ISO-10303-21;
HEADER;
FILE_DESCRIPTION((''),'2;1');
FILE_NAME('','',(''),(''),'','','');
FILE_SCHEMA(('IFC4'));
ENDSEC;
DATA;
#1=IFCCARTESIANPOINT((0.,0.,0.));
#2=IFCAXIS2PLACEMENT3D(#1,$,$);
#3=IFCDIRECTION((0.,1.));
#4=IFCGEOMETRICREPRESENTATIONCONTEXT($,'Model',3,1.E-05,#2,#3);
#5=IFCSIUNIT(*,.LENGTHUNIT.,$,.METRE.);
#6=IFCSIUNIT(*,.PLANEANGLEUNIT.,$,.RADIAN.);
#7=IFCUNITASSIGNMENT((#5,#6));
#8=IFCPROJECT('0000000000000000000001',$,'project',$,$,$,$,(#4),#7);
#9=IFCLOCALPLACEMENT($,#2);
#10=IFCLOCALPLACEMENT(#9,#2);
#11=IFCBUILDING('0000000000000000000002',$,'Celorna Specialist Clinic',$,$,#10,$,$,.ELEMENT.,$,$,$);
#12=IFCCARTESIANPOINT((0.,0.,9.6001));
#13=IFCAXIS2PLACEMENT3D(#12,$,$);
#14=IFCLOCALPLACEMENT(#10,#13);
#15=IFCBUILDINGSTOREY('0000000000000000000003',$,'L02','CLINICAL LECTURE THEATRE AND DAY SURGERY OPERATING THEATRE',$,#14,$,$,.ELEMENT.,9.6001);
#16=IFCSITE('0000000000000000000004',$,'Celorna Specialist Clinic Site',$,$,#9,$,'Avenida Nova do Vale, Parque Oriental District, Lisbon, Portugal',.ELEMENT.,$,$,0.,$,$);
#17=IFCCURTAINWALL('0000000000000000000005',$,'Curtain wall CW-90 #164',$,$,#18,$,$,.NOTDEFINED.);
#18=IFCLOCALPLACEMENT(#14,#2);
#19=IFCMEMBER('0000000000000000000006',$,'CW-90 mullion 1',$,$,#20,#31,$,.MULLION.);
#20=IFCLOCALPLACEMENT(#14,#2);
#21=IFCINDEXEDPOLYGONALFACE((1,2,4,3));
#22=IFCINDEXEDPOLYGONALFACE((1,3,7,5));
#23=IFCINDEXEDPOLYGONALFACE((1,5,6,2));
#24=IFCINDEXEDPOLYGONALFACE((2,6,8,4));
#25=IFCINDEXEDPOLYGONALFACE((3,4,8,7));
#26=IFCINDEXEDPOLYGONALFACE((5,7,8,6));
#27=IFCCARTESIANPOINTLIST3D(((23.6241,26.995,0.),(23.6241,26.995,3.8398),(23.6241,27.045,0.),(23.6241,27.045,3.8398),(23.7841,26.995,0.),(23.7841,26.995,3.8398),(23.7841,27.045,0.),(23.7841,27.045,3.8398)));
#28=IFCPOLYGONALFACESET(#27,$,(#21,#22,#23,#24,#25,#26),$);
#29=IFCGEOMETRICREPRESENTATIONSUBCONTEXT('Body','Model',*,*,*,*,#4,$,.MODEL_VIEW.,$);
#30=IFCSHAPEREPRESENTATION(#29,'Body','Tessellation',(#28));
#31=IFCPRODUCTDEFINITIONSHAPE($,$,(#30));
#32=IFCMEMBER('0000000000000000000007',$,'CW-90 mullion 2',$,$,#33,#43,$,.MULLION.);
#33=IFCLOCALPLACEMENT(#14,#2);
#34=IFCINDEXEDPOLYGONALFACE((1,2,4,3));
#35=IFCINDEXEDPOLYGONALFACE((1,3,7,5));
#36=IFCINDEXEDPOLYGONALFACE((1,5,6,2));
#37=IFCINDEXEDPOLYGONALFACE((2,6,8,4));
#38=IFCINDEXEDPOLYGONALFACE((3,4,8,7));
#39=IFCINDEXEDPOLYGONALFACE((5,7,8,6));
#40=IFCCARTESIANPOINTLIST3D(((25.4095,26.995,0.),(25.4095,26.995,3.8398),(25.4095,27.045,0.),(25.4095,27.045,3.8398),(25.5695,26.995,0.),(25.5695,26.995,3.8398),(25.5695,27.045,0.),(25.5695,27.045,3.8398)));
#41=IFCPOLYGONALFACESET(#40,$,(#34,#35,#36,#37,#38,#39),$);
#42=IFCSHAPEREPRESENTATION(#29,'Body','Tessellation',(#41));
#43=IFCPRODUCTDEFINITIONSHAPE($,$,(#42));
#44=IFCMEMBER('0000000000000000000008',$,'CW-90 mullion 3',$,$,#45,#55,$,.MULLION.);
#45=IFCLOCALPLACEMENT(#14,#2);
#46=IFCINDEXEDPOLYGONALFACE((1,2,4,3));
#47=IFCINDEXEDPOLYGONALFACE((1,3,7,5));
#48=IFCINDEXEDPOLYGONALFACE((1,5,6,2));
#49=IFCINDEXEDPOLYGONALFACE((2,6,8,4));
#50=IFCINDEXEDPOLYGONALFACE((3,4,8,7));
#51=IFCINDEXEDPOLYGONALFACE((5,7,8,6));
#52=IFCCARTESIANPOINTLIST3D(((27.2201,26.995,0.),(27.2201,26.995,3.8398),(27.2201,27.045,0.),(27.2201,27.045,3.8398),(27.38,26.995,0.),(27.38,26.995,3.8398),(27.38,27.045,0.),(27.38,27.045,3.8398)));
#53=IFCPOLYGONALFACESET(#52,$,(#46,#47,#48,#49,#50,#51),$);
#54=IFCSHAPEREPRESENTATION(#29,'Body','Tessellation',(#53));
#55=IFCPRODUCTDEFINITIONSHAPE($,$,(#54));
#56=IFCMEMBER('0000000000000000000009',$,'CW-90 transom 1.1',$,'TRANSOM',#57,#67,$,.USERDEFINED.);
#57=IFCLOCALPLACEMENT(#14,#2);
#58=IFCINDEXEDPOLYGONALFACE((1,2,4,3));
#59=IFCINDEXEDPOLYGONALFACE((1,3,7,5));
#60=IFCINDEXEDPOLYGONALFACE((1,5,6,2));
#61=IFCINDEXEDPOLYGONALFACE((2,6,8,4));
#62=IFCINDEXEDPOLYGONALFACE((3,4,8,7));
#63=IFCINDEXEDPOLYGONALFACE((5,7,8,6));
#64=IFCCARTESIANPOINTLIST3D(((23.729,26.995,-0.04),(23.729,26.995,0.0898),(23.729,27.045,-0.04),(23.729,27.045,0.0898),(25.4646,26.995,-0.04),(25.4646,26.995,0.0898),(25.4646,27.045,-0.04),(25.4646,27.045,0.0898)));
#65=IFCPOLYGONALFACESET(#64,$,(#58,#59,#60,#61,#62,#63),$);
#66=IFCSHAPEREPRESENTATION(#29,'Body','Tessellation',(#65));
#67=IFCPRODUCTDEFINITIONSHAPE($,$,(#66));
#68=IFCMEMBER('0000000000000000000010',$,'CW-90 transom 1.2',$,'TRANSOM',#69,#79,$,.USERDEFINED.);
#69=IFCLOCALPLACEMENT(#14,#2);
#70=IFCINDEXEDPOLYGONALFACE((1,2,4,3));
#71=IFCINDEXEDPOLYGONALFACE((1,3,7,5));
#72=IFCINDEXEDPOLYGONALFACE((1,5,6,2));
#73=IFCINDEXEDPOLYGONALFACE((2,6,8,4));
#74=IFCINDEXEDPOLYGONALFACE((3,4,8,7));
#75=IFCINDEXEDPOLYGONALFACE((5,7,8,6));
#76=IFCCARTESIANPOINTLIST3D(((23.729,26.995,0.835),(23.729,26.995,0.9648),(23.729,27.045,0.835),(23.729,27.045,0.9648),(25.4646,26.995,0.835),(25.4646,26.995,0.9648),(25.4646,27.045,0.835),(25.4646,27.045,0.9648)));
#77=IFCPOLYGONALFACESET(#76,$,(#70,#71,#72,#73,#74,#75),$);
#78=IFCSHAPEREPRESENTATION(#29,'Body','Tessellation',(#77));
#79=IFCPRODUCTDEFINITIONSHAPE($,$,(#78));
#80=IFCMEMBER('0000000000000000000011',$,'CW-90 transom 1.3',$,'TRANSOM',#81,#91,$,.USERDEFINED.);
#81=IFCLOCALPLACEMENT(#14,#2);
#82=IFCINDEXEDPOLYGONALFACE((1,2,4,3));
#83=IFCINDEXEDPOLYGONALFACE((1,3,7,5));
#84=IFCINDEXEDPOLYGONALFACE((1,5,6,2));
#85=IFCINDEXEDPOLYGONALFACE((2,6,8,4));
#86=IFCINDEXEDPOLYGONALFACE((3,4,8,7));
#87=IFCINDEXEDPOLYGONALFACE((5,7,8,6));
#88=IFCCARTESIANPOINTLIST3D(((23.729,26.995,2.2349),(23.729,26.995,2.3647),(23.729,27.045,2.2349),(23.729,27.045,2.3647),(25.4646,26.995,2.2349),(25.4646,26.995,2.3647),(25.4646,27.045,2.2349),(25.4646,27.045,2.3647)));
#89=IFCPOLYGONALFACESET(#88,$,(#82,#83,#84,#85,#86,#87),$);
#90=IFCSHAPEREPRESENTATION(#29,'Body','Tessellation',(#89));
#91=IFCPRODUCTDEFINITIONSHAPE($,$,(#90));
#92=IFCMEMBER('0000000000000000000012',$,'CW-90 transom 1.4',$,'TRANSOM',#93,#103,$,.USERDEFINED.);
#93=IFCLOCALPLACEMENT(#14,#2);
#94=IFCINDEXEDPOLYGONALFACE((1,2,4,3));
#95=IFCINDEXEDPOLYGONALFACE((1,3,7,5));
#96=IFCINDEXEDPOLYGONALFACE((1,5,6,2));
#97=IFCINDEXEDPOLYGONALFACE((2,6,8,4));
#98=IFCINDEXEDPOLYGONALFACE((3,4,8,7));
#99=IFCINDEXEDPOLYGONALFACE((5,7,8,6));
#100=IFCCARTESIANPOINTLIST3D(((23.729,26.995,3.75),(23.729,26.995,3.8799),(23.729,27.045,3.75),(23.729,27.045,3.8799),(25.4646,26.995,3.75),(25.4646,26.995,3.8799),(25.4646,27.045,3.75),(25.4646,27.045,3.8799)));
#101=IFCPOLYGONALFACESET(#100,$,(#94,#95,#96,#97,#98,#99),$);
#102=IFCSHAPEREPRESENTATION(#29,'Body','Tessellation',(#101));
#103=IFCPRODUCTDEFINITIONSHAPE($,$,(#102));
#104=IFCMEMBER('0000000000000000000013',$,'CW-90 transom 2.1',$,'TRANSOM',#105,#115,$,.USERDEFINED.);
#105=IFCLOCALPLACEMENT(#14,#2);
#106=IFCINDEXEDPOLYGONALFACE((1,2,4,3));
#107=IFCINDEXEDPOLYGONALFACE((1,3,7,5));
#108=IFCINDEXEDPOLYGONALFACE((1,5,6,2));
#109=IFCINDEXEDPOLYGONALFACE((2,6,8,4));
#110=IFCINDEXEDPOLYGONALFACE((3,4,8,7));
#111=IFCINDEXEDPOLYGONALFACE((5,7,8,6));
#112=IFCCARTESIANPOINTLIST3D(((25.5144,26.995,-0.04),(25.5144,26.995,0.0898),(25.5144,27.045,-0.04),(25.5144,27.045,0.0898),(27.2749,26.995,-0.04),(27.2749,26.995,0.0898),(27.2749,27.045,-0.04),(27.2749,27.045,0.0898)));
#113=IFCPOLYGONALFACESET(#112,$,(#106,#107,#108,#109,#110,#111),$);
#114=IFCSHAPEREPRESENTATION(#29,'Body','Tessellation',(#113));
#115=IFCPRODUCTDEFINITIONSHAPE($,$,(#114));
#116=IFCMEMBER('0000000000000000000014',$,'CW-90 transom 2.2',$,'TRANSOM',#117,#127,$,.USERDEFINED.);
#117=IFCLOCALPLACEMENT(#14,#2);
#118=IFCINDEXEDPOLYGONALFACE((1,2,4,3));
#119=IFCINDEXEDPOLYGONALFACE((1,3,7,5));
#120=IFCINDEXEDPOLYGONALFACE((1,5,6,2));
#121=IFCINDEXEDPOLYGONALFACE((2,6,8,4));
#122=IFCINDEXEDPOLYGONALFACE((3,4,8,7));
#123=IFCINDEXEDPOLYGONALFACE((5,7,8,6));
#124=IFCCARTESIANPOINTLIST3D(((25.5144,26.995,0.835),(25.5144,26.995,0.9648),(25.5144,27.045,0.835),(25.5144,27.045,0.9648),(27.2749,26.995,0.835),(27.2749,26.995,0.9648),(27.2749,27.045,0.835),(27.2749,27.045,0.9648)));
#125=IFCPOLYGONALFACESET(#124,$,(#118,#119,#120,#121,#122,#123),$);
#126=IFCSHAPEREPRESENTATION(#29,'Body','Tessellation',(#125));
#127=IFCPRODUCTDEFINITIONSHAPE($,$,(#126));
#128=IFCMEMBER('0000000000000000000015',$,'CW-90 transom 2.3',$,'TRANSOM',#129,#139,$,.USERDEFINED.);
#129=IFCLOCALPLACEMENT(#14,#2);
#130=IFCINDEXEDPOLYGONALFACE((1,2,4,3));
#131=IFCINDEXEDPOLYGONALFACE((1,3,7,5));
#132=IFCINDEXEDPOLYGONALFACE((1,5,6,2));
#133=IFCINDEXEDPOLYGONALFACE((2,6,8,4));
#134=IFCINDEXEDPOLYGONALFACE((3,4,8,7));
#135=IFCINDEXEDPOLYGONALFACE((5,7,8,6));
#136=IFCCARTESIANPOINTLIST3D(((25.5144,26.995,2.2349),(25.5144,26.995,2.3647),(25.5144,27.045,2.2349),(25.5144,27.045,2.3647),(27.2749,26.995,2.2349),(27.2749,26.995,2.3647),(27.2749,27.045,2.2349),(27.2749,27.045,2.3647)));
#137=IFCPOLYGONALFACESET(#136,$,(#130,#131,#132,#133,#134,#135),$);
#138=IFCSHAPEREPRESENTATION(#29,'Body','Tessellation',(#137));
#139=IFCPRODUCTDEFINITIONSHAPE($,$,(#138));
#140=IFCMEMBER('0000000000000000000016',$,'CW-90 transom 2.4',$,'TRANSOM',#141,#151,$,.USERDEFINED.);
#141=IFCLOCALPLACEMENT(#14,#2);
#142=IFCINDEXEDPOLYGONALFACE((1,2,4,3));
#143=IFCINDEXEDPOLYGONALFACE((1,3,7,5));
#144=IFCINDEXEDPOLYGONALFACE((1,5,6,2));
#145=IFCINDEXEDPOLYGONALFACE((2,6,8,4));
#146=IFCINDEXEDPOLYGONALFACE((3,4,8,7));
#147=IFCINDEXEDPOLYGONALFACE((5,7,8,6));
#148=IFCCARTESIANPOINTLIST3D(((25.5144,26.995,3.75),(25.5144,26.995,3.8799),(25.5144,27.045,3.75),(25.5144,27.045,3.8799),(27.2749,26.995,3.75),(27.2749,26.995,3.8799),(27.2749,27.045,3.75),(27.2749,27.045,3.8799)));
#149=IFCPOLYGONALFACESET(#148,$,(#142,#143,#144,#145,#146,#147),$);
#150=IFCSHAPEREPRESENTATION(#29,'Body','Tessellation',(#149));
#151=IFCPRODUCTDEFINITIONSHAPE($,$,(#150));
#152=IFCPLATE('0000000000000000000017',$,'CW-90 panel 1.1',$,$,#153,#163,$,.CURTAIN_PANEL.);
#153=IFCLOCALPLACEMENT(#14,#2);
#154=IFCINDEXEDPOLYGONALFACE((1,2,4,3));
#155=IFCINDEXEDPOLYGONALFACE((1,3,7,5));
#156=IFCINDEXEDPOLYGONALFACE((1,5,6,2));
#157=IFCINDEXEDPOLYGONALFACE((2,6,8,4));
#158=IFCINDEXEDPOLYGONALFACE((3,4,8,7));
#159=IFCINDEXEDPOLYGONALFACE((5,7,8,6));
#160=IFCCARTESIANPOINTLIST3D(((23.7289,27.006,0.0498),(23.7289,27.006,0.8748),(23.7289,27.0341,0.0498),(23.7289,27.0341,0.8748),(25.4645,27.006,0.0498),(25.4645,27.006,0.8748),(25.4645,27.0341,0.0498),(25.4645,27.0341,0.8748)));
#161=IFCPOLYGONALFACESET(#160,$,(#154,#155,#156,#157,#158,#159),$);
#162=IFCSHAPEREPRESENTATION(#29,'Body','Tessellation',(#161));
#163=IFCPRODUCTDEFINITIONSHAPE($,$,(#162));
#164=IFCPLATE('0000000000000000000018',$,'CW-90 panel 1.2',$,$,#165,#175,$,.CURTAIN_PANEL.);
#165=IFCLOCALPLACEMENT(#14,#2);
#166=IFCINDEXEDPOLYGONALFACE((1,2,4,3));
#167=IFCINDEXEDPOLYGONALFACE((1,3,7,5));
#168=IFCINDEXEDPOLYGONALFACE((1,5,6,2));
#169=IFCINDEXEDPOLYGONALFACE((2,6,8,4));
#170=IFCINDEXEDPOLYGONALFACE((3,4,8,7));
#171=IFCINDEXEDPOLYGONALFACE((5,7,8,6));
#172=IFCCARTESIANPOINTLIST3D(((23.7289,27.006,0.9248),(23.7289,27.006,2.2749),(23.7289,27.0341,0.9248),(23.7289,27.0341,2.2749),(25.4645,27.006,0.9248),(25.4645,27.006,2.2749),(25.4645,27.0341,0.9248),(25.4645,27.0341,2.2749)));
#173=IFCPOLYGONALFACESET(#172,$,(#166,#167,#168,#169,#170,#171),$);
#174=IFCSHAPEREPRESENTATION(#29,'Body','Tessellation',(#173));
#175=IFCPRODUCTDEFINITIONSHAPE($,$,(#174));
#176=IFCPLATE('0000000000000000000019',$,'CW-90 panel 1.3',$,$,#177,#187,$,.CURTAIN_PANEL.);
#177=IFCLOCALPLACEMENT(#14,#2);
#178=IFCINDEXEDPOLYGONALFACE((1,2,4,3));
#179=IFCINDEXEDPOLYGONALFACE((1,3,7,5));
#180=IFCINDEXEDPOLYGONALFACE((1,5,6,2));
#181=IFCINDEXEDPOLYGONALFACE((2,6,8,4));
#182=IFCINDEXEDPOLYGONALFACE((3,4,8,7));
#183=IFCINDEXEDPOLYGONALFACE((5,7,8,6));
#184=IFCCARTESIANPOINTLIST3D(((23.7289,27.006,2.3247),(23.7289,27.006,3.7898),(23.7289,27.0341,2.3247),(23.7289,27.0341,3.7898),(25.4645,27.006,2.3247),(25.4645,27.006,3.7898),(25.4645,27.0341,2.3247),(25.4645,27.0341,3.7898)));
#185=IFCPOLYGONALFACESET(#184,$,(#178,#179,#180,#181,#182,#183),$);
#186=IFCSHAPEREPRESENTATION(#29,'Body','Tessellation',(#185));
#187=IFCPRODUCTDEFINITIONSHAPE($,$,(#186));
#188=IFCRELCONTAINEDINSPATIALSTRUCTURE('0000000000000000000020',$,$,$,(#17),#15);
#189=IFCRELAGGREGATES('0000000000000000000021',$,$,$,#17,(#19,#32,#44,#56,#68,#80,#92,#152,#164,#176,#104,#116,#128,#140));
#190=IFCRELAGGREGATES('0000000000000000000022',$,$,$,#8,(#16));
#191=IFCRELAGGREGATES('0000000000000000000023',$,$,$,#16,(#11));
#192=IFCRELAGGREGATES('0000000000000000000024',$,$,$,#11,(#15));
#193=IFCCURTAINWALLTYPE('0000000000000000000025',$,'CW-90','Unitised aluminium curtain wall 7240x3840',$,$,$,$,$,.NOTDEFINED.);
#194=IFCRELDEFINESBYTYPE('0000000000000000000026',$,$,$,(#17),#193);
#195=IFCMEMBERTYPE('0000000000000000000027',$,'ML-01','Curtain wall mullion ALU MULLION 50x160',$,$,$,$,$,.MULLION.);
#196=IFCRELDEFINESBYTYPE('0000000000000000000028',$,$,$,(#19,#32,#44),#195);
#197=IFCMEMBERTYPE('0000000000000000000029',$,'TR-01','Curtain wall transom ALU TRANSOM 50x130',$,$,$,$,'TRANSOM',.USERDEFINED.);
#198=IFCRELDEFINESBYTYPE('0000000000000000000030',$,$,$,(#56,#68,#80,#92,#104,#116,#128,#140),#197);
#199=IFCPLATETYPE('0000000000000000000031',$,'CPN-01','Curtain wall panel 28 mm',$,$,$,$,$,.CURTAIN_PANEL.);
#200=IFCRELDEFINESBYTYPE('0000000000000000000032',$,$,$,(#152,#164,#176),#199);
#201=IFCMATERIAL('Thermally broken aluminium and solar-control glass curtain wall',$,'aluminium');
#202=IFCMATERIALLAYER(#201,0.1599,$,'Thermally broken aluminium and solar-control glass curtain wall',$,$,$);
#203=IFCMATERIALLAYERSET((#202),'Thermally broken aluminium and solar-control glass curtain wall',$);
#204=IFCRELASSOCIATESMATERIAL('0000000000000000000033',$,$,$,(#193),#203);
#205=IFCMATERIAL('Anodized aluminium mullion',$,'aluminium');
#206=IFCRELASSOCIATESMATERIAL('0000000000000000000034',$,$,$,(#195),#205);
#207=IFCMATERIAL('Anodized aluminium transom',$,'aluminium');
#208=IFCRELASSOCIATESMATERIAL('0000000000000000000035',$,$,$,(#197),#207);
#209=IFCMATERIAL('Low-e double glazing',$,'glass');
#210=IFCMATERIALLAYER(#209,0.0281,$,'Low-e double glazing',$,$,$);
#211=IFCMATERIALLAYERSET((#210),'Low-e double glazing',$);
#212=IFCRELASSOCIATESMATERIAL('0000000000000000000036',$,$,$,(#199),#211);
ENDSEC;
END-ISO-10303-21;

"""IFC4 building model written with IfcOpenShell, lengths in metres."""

from ifc_helpers import new_model, si_unit, direction, frame, origin, origin_2d, place, context, subcontext, project, spatial, rectangle, extrude, material, layer, layer_set, material_profile, profile_set, type_object, element, aggregate, save


model = new_model("IFC4")

# Units and contexts
model_context = context("Model", 3, precision=1e-05, world=origin(), true_north=direction((0.0, 1.0)))
body_context = subcontext(model_context, "Body", "Model", "MODEL_VIEW")
ifc_project = project(units=[si_unit("LENGTHUNIT", "METRE"), si_unit("PLANEANGLEUNIT", "RADIAN")], contexts=[model_context])

# Site, building, storey
site_placement = place(None, origin())
site = spatial("IfcSite", under=ifc_project, at=site_placement, Name="Celorna Specialist Clinic Site", LongName="Avenida Nova do Vale, Parque Oriental District, Lisbon, Portugal", CompositionType="ELEMENT", RefElevation=0.0)
building_placement = place(site_placement, origin())
building = spatial("IfcBuilding", under=site, at=building_placement, Name="Celorna Specialist Clinic", CompositionType="ELEMENT")
storey_placement = place(building_placement, frame((0.0, 0.0, 9.6001)))
storey = spatial("IfcBuildingStorey", under=building, at=storey_placement, Name="L02", Description="CLINICAL LECTURE THEATRE AND DAY SURGERY OPERATING THEATRE", CompositionType="ELEMENT", Elevation=9.6001)

# Curtain wall, members, plates
ifc_material_1 = material(Name="Thermally broken aluminium and solar-control glass curtain wall", Category="aluminium")
ifc_layer_1 = layer(ifc_material_1, 0.1599, Name="Thermally broken aluminium and solar-control glass curtain wall")
ifc_layer_set_1 = layer_set([ifc_layer_1], Name="Thermally broken aluminium and solar-control glass curtain wall")
curtain_wall_type = type_object("IfcCurtainWallType", Name="CW-90", Description="Unitised aluminium curtain wall 7240x3840", PredefinedType="NOTDEFINED", material=ifc_layer_set_1)
curtain_wall_placement = place(storey_placement, origin())
curtain_wall = element("IfcCurtainWall", 1, at=curtain_wall_placement, inside=storey, type_object=curtain_wall_type, Name="Curtain wall CW-90 #164", PredefinedType="NOTDEFINED")
ifc_material_2 = material(Name="Anodized aluminium mullion", Category="aluminium")
ifc_material_profile_1 = material_profile(ifc_material_2, rectangle(XDim=0.05, YDim=0.1599, at=origin_2d()), Name="ALU MULLION 50x160")
ifc_profile_set_1 = profile_set([ifc_material_profile_1], Name="Anodized aluminium mullion")
member_type_1 = type_object("IfcMemberType", Name="ML-01", Description="Curtain wall mullion ALU MULLION 50x160", PredefinedType="MULLION", material=ifc_profile_set_1)
member_1_placement = place(storey_placement, frame((23.7041, 27.02, 0.0), z_axis=(0.0, 0.0, 1.0), x_axis=(0.0, 1.0, 0.0)))
member_1 = element("IfcMember", 2, at=member_1_placement, type_object=member_type_1, Name="CW-90 mullion 1", PredefinedType="MULLION", context=body_context, shape_type="SweptSolid", body=[
    extrude(rectangle(XDim=0.05, YDim=0.1599, at=origin_2d()), origin(), (0.0, 0.0, 1.0), 3.8398),
])
member_2_placement = place(storey_placement, frame((25.4895, 27.02, 0.0), z_axis=(0.0, 0.0, 1.0), x_axis=(0.0, 1.0, 0.0)))
member_2 = element("IfcMember", 3, at=member_2_placement, type_object=member_type_1, Name="CW-90 mullion 2", PredefinedType="MULLION", context=body_context, shape_type="SweptSolid", body=[
    extrude(rectangle(XDim=0.05, YDim=0.1599, at=origin_2d()), origin(), (0.0, 0.0, 1.0), 3.8398),
])
member_3_placement = place(storey_placement, frame((27.3, 27.02, 0.0), z_axis=(0.0, 0.0, 1.0), x_axis=(0.0, 1.0, 0.0)))
member_3 = element("IfcMember", 4, at=member_3_placement, type_object=member_type_1, Name="CW-90 mullion 3", PredefinedType="MULLION", context=body_context, shape_type="SweptSolid", body=[
    extrude(rectangle(XDim=0.05, YDim=0.1599, at=origin_2d()), origin(), (0.0, 0.0, 1.0), 3.8398),
])
ifc_material_3 = material(Name="Anodized aluminium transom", Category="aluminium")
ifc_material_profile_2 = material_profile(ifc_material_3, rectangle(XDim=0.05, YDim=0.1299, at=origin_2d()), Name="ALU TRANSOM 50x130")
ifc_profile_set_2 = profile_set([ifc_material_profile_2], Name="Anodized aluminium transom")
member_type_2 = type_object("IfcMemberType", Name="TR-01", Description="Curtain wall transom ALU TRANSOM 50x130", ElementType="TRANSOM", PredefinedType="USERDEFINED", material=ifc_profile_set_2)
member_4_placement = place(storey_placement, frame((23.729, 27.02, 0.0249), z_axis=(1.0, 0.0, 0.0), x_axis=(0.0, 1.0, 0.0)))
member_4 = element("IfcMember", 5, at=member_4_placement, type_object=member_type_2, Name="CW-90 transom 1.1", ObjectType="TRANSOM", PredefinedType="USERDEFINED", context=body_context, shape_type="SweptSolid", body=[
    extrude(rectangle(XDim=0.05, YDim=0.1299, at=origin_2d()), origin(), (0.0, 0.0, 1.0), 1.7356),
])
member_5_placement = place(storey_placement, frame((23.729, 27.02, 0.8999), z_axis=(1.0, 0.0, 0.0), x_axis=(0.0, 1.0, 0.0)))
member_5 = element("IfcMember", 6, at=member_5_placement, type_object=member_type_2, Name="CW-90 transom 1.2", ObjectType="TRANSOM", PredefinedType="USERDEFINED", context=body_context, shape_type="SweptSolid", body=[
    extrude(rectangle(XDim=0.05, YDim=0.1299, at=origin_2d()), origin(), (0.0, 0.0, 1.0), 1.7356),
])
member_6_placement = place(storey_placement, frame((23.729, 27.02, 2.2998), z_axis=(1.0, 0.0, 0.0), x_axis=(0.0, 1.0, 0.0)))
member_6 = element("IfcMember", 7, at=member_6_placement, type_object=member_type_2, Name="CW-90 transom 1.3", ObjectType="TRANSOM", PredefinedType="USERDEFINED", context=body_context, shape_type="SweptSolid", body=[
    extrude(rectangle(XDim=0.05, YDim=0.1299, at=origin_2d()), origin(), (0.0, 0.0, 1.0), 1.7356),
])
member_7_placement = place(storey_placement, frame((23.729, 27.02, 3.8149), z_axis=(1.0, 0.0, 0.0), x_axis=(0.0, 1.0, 0.0)))
member_7 = element("IfcMember", 8, at=member_7_placement, type_object=member_type_2, Name="CW-90 transom 1.4", ObjectType="TRANSOM", PredefinedType="USERDEFINED", context=body_context, shape_type="SweptSolid", body=[
    extrude(rectangle(XDim=0.05, YDim=0.1299, at=origin_2d()), origin(), (0.0, 0.0, 1.0), 1.7356),
])
member_8_placement = place(storey_placement, frame((25.5144, 27.02, 0.0249), z_axis=(1.0, 0.0, 0.0), x_axis=(0.0, 1.0, 0.0)))
member_8 = element("IfcMember", 9, at=member_8_placement, type_object=member_type_2, Name="CW-90 transom 2.1", ObjectType="TRANSOM", PredefinedType="USERDEFINED", context=body_context, shape_type="SweptSolid", body=[
    extrude(rectangle(XDim=0.05, YDim=0.1299, at=origin_2d()), origin(), (0.0, 0.0, 1.0), 1.7605),
])
member_9_placement = place(storey_placement, frame((25.5144, 27.02, 0.8999), z_axis=(1.0, 0.0, 0.0), x_axis=(0.0, 1.0, 0.0)))
member_9 = element("IfcMember", 10, at=member_9_placement, type_object=member_type_2, Name="CW-90 transom 2.2", ObjectType="TRANSOM", PredefinedType="USERDEFINED", context=body_context, shape_type="SweptSolid", body=[
    extrude(rectangle(XDim=0.05, YDim=0.1299, at=origin_2d()), origin(), (0.0, 0.0, 1.0), 1.7605),
])
member_10_placement = place(storey_placement, frame((25.5144, 27.02, 2.2998), z_axis=(1.0, 0.0, 0.0), x_axis=(0.0, 1.0, 0.0)))
member_10 = element("IfcMember", 11, at=member_10_placement, type_object=member_type_2, Name="CW-90 transom 2.3", ObjectType="TRANSOM", PredefinedType="USERDEFINED", context=body_context, shape_type="SweptSolid", body=[
    extrude(rectangle(XDim=0.05, YDim=0.1299, at=origin_2d()), origin(), (0.0, 0.0, 1.0), 1.7605),
])
member_11_placement = place(storey_placement, frame((25.5144, 27.02, 3.8149), z_axis=(1.0, 0.0, 0.0), x_axis=(0.0, 1.0, 0.0)))
member_11 = element("IfcMember", 12, at=member_11_placement, type_object=member_type_2, Name="CW-90 transom 2.4", ObjectType="TRANSOM", PredefinedType="USERDEFINED", context=body_context, shape_type="SweptSolid", body=[
    extrude(rectangle(XDim=0.05, YDim=0.1299, at=origin_2d()), origin(), (0.0, 0.0, 1.0), 1.7605),
])
ifc_material_4 = material(Name="Low-e double glazing", Category="glass")
ifc_layer_2 = layer(ifc_material_4, 0.0281, Name="Low-e double glazing")
ifc_layer_set_2 = layer_set([ifc_layer_2], Name="Low-e double glazing")
plate_type = type_object("IfcPlateType", Name="CPN-01", Description="Curtain wall panel 28 mm", PredefinedType="CURTAIN_PANEL", material=ifc_layer_set_2)
plate_1_placement = place(storey_placement, frame((24.5967, 27.02, 0.0498), z_axis=(0.0, 0.0, 1.0), x_axis=(1.0, 0.0, 0.0)))
plate_1 = element("IfcPlate", 13, at=plate_1_placement, type_object=plate_type, Name="CW-90 panel 1.1", PredefinedType="CURTAIN_PANEL", context=body_context, shape_type="SweptSolid", body=[
    extrude(rectangle(XDim=1.7356, YDim=0.0281, at=origin_2d()), origin(), (0.0, 0.0, 1.0), 0.825),
])
plate_2_placement = place(storey_placement, frame((24.5967, 27.02, 0.9248), z_axis=(0.0, 0.0, 1.0), x_axis=(1.0, 0.0, 0.0)))
plate_2 = element("IfcPlate", 14, at=plate_2_placement, type_object=plate_type, Name="CW-90 panel 1.2", PredefinedType="CURTAIN_PANEL", context=body_context, shape_type="SweptSolid", body=[
    extrude(rectangle(XDim=1.7356, YDim=0.0281, at=origin_2d()), origin(), (0.0, 0.0, 1.0), 1.3501),
])
plate_3_placement = place(storey_placement, frame((24.5967, 27.02, 2.3247), z_axis=(0.0, 0.0, 1.0), x_axis=(1.0, 0.0, 0.0)))
plate_3 = element("IfcPlate", 15, at=plate_3_placement, type_object=plate_type, Name="CW-90 panel 1.3", PredefinedType="CURTAIN_PANEL", context=body_context, shape_type="SweptSolid", body=[
    extrude(rectangle(XDim=1.7356, YDim=0.0281, at=origin_2d()), origin(), (0.0, 0.0, 1.0), 1.4651),
])
aggregate(curtain_wall, [member_1, member_2, member_3, member_4, member_5, member_6, member_7, plate_1, plate_2, plate_3, member_8, member_9, member_10, member_11])

save(model, "model.ifc")
